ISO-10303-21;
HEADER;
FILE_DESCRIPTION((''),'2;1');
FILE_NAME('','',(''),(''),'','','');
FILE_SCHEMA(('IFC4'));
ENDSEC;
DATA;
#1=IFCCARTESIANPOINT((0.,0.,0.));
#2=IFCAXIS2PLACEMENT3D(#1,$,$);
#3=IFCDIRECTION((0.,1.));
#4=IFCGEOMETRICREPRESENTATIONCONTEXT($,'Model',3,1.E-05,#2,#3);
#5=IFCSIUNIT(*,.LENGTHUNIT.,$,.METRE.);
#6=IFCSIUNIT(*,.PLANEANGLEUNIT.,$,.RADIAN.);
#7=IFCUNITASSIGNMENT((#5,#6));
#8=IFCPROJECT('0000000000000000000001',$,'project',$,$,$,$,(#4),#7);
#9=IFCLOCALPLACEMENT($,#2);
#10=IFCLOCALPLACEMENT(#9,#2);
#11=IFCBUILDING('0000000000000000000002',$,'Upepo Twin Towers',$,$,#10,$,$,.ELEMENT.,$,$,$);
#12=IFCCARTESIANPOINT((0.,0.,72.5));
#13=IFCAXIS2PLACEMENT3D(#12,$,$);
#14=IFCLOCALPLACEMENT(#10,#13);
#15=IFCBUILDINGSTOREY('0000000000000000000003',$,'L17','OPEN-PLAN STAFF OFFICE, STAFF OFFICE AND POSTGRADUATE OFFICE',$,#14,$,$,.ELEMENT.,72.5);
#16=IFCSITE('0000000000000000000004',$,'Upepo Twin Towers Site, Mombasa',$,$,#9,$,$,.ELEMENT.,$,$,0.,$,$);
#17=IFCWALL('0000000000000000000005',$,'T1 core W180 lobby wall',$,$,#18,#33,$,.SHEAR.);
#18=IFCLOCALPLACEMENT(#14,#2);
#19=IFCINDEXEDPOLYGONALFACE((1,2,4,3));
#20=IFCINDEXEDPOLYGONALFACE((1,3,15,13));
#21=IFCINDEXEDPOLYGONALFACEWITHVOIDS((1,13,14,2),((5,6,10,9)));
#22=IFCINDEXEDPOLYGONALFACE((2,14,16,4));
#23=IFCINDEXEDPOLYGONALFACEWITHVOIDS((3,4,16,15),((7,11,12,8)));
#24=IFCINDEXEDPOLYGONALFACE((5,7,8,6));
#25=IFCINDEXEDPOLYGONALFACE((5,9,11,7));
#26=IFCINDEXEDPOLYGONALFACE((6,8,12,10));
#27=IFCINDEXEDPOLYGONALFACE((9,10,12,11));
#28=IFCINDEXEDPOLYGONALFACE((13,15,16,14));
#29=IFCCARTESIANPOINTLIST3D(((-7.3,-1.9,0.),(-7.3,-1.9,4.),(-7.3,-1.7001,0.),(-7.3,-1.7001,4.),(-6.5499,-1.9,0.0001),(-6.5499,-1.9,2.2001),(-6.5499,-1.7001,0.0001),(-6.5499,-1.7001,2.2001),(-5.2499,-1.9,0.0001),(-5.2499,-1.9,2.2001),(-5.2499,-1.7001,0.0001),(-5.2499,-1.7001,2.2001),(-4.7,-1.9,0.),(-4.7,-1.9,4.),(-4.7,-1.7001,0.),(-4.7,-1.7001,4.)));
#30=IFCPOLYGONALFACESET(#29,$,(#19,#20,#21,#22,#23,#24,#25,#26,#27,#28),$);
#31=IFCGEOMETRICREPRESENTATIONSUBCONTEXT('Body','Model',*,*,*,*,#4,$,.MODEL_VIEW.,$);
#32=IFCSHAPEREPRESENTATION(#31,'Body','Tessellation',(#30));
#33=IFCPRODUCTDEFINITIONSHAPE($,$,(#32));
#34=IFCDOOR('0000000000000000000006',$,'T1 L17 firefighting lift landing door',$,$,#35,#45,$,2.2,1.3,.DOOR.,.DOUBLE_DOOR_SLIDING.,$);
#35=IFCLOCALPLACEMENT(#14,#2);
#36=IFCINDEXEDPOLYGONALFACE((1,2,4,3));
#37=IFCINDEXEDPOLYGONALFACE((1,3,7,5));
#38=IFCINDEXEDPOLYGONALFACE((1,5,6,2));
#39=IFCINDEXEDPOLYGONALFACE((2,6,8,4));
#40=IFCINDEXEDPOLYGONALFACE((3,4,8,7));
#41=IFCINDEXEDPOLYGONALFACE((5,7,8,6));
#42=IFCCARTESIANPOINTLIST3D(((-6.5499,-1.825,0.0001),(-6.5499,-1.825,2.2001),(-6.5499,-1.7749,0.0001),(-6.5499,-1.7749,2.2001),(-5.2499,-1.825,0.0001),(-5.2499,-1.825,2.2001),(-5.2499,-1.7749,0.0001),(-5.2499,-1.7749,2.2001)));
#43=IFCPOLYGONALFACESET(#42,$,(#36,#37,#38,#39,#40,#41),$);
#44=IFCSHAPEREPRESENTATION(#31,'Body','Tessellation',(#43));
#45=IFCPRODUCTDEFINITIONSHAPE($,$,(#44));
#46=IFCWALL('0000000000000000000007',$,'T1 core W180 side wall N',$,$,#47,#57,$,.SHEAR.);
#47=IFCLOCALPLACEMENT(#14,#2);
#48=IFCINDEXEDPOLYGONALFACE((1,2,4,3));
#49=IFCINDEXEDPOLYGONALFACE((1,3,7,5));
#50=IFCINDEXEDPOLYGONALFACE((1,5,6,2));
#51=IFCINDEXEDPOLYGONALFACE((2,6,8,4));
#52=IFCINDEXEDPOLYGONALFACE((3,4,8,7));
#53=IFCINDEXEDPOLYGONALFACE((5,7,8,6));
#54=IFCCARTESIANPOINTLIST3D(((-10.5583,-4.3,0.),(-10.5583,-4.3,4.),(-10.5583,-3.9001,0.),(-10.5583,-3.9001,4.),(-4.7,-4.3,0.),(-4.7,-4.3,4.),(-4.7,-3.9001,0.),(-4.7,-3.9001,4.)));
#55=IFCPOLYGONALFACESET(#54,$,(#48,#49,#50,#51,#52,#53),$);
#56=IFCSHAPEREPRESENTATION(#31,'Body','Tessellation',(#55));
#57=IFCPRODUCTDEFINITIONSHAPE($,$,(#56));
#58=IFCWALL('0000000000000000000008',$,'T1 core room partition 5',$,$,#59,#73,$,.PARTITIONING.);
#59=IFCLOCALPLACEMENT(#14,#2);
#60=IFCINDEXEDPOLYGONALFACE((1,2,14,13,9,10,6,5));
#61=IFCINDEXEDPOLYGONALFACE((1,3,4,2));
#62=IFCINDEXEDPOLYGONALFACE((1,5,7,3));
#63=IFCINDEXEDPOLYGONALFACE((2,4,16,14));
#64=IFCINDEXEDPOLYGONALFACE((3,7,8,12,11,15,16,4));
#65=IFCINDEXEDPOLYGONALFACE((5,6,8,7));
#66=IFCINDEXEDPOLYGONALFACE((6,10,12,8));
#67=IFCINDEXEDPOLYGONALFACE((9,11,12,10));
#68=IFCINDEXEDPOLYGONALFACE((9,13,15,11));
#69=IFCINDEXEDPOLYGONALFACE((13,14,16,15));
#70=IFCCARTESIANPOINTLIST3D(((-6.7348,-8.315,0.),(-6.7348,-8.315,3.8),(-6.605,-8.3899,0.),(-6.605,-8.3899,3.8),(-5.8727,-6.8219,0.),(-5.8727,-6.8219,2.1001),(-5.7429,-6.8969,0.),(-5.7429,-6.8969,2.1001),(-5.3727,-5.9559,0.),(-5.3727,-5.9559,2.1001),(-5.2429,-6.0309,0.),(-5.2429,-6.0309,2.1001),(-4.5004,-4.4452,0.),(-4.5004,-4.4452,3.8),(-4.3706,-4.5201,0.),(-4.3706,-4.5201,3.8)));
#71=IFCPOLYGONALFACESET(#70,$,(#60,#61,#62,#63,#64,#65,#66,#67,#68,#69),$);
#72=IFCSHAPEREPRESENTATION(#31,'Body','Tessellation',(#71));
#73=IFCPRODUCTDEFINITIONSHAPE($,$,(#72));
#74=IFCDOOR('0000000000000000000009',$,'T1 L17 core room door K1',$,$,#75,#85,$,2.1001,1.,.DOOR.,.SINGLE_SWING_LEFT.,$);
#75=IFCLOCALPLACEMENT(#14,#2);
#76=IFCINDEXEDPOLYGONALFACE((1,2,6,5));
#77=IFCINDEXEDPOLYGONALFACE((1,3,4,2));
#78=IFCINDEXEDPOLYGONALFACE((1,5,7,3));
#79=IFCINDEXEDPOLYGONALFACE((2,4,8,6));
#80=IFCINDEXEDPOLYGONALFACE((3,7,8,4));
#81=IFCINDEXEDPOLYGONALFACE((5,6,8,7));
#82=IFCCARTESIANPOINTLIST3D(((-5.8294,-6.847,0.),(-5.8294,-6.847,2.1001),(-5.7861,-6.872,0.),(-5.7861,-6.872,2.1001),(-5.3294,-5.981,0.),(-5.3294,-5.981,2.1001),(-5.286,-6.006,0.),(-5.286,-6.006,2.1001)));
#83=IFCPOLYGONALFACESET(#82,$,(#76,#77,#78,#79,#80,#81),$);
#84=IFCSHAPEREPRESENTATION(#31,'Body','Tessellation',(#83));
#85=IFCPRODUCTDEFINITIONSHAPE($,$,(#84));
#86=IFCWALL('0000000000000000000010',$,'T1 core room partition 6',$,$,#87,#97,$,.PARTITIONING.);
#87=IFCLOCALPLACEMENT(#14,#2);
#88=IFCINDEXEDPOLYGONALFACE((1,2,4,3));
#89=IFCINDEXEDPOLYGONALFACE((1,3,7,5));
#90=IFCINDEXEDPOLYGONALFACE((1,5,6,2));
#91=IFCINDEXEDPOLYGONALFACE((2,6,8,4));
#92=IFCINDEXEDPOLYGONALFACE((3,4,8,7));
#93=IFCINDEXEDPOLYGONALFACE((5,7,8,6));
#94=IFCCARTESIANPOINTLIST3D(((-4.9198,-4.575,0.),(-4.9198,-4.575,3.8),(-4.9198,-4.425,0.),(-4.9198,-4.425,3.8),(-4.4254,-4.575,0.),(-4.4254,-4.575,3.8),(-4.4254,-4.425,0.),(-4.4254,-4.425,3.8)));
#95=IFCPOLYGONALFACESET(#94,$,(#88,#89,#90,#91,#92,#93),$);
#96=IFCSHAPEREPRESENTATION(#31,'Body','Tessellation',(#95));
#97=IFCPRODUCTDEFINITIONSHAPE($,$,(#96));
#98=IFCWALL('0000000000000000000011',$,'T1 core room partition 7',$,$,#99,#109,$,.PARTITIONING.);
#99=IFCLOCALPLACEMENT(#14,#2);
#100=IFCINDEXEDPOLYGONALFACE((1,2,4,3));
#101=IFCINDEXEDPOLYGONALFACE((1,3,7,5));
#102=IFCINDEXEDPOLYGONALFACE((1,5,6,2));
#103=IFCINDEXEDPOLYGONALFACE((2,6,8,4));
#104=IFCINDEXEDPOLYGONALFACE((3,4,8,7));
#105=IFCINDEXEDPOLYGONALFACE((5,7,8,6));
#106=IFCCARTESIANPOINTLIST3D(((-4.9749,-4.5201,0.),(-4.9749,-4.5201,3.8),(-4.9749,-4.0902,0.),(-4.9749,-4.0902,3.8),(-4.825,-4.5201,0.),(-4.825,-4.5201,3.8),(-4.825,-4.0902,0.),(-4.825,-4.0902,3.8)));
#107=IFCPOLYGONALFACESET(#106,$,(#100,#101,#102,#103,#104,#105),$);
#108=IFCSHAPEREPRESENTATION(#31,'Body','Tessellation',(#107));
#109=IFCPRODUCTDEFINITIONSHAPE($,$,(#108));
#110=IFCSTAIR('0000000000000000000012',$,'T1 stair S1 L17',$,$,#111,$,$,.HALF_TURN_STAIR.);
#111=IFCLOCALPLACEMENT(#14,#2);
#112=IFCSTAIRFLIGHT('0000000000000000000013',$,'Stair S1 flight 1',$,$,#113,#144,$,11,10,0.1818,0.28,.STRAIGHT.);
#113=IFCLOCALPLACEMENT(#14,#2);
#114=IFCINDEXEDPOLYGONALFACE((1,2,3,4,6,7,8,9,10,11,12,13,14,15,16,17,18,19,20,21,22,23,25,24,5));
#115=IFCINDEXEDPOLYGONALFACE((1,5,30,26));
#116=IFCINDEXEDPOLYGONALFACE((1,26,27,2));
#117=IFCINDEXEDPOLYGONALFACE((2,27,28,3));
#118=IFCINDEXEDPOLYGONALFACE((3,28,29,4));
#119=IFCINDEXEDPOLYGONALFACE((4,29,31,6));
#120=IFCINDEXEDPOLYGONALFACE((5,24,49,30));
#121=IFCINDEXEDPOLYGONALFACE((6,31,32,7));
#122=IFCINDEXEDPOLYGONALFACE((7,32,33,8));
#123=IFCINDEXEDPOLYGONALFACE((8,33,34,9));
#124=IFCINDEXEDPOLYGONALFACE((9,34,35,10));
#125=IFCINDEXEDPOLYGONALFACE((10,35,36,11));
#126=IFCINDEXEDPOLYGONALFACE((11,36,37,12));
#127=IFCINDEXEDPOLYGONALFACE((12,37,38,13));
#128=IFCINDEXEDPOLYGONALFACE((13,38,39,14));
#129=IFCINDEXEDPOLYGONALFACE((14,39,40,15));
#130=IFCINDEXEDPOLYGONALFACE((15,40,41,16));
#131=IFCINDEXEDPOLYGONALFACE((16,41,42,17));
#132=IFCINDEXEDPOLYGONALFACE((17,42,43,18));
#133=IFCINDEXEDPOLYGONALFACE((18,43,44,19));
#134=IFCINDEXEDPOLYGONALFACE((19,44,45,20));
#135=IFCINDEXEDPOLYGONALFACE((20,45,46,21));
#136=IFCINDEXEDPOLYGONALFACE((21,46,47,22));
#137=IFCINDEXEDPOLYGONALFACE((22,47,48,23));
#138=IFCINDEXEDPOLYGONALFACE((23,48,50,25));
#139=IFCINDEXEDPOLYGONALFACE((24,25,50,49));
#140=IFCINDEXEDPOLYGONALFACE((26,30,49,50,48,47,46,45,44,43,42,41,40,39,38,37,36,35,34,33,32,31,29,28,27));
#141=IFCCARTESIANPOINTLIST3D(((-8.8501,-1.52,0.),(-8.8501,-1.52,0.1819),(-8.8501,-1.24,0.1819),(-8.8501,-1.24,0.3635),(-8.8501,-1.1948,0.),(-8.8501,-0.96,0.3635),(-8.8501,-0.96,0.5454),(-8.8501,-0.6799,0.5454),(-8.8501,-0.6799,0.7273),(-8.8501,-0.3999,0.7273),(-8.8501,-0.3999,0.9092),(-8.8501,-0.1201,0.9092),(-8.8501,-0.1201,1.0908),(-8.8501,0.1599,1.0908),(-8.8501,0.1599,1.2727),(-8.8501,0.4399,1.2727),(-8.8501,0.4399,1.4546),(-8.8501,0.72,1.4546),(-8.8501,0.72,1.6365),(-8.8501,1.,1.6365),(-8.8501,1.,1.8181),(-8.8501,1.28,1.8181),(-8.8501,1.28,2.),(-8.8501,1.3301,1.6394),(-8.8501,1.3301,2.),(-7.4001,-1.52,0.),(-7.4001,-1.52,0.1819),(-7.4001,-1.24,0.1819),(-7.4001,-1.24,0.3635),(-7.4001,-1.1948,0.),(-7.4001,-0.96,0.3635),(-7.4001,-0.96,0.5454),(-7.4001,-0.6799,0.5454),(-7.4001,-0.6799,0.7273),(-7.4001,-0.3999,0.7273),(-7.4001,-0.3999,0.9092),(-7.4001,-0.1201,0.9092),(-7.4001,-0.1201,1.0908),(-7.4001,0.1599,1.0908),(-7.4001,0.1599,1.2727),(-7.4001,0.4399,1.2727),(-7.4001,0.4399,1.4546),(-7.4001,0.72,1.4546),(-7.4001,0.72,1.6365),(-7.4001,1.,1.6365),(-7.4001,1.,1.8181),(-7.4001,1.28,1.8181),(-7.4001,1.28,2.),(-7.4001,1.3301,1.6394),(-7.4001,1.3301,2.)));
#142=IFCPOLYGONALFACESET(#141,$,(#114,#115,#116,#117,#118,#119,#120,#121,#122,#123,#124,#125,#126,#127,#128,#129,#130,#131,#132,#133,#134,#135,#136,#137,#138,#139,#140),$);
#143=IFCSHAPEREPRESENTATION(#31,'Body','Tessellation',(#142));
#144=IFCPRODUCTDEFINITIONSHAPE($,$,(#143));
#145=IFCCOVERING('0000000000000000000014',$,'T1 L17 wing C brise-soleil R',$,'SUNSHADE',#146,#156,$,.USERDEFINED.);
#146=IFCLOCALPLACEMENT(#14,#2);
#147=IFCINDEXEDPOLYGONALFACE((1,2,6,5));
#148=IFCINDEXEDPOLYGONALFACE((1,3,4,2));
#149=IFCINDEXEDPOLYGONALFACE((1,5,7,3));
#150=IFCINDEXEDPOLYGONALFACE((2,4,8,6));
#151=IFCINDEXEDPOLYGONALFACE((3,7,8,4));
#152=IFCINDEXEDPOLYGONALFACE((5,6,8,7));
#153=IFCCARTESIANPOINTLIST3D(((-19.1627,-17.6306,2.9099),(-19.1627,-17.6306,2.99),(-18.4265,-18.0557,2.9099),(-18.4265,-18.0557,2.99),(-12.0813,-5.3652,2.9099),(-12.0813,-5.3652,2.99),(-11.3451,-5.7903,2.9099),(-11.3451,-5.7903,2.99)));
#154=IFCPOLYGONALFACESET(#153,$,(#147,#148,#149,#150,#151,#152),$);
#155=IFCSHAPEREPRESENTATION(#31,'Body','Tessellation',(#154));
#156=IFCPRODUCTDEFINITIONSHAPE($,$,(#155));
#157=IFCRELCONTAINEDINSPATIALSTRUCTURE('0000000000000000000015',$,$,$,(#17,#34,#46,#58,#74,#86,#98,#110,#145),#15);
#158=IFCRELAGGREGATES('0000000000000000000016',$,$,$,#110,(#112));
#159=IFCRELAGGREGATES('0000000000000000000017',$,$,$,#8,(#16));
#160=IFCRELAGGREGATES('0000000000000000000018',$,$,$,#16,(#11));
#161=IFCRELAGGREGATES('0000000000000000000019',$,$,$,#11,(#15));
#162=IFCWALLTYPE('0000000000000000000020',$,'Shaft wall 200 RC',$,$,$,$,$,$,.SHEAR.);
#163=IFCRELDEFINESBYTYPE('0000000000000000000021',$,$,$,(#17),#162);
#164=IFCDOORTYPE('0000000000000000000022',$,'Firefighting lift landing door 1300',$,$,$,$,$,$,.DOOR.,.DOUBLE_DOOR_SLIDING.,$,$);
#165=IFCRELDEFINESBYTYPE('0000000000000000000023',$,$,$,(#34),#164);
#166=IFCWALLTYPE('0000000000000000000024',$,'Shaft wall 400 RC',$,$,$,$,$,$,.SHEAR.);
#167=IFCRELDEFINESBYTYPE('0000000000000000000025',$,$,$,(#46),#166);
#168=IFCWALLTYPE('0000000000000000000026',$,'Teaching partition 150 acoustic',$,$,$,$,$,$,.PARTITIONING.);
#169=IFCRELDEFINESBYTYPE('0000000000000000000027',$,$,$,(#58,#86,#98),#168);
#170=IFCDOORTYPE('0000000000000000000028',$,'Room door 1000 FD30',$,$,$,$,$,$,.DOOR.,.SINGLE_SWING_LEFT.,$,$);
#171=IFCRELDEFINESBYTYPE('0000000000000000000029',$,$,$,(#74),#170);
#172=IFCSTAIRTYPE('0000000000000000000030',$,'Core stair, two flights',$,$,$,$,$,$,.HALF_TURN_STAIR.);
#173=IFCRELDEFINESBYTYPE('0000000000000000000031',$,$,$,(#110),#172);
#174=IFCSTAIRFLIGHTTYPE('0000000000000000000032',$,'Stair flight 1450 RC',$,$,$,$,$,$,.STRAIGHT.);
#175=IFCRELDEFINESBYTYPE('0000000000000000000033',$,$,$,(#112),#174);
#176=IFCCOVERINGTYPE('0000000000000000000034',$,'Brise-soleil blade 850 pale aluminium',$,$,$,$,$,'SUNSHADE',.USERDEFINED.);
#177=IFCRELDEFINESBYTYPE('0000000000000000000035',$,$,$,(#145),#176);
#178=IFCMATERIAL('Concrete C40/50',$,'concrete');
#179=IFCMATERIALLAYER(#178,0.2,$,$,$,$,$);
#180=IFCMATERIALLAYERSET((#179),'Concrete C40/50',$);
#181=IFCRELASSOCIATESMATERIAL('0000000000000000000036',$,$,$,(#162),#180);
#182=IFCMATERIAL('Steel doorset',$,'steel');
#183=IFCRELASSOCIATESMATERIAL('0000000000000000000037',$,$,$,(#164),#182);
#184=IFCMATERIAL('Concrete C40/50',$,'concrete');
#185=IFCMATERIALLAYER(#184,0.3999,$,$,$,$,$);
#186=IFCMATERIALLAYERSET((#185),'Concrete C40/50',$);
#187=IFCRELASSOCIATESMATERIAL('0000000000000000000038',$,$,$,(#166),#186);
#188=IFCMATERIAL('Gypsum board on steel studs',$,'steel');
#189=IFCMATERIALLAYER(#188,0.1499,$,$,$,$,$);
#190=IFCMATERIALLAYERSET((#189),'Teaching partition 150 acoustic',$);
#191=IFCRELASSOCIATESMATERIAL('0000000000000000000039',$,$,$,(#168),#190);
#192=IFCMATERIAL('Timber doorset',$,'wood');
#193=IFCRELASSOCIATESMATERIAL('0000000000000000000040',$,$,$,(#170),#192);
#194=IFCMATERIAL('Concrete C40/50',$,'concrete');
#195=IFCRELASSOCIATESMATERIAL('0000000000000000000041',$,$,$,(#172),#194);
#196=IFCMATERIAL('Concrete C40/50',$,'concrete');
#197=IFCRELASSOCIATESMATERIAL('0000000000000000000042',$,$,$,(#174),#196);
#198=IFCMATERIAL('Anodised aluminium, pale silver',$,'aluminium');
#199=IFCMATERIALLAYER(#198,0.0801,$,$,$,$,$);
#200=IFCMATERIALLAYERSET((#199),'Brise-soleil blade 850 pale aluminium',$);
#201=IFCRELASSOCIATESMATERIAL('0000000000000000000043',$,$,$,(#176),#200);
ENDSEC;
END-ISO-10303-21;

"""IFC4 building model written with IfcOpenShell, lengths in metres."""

from ifc_helpers import new_model, si_unit, direction, frame, frame_2d, origin, origin_2d, place, context, subcontext, project, spatial, polyline, rectangle, outline, extrude, material, layer, layer_set, type_object, element, fill, aggregate, save


model = new_model("IFC4")

# Units and contexts
model_context = context("Model", 3, precision=1e-05, world=origin(), true_north=direction((0.0, 1.0)))
body_context = subcontext(model_context, "Body", "Model", "MODEL_VIEW")
ifc_project = project(units=[si_unit("LENGTHUNIT", "METRE"), si_unit("PLANEANGLEUNIT", "RADIAN")], contexts=[model_context])

# Site, building, storey
site_placement = place(None, origin())
site = spatial("IfcSite", under=ifc_project, at=site_placement, Name="Upepo Twin Towers Site, Mombasa", CompositionType="ELEMENT", RefElevation=0.0)
building_placement = place(site_placement, origin())
building = spatial("IfcBuilding", under=site, at=building_placement, Name="Upepo Twin Towers", CompositionType="ELEMENT")
storey_placement = place(building_placement, frame((0.0, 0.0, 72.5)))
storey = spatial("IfcBuildingStorey", under=building, at=storey_placement, Name="L17", Description="OPEN-PLAN STAFF OFFICE, STAFF OFFICE AND POSTGRADUATE OFFICE", CompositionType="ELEMENT", Elevation=72.5)

# Wall, opening, door
ifc_material_1 = material(Name="Concrete C40/50", Category="concrete")
ifc_layer_1 = layer(ifc_material_1, 0.2)
ifc_layer_set_1 = layer_set([ifc_layer_1], Name="Concrete C40/50")
wall_type_1 = type_object("IfcWallType", Name="Shaft wall 200 RC", PredefinedType="SHEAR", material=ifc_layer_set_1)
wall_1_placement = place(storey_placement, frame((-4.7, -1.8, 0.0), z_axis=(0.0, 0.0, 1.0), x_axis=(-1.0, 0.0, 0.0)))
wall_1 = element("IfcWall", 1, at=wall_1_placement, inside=storey, type_object=wall_type_1, Name="T1 core W180 lobby wall", PredefinedType="SHEAR", context=body_context, shape_type="SweptSolid", body=[
    extrude(rectangle(XDim=2.6001, YDim=0.2, at=frame_2d((1.3, 0.0))), origin(), (0.0, 0.0, 1.0), 4.0),
])
opening_1_placement = place(wall_1_placement, frame((0.55, 0.0, 0.0)))
opening_1 = element("IfcOpeningElement", 2, at=opening_1_placement, cuts=wall_1, PredefinedType="OPENING", context=body_context, shape_type="SweptSolid", body=[
    extrude(rectangle(XDim=1.3, YDim=2.2, at=frame_2d((0.6499, 1.1001))), frame((0.0, 0.1099, 0.0), z_axis=(0.0, -1.0, 0.0), x_axis=(1.0, 0.0, 0.0)), (0.0, 0.0, 1.0), 0.22),
])
ifc_material_2 = material(Name="Steel doorset", Category="steel")
door_type_1 = type_object("IfcDoorType", Name="Firefighting lift landing door 1300", OperationType="DOUBLE_DOOR_SLIDING", PredefinedType="DOOR", material=ifc_material_2)
door_1_placement = place(opening_1_placement, origin())
door_1 = element("IfcDoor", 3, at=door_1_placement, inside=storey, type_object=door_type_1, Name="T1 L17 firefighting lift landing door", OperationType="DOUBLE_DOOR_SLIDING", OverallHeight=2.2, OverallWidth=1.3, PredefinedType="DOOR", context=body_context, shape_type="SweptSolid", body=[
    extrude(rectangle(XDim=1.3, YDim=2.2, at=frame_2d((0.6499, 1.1001))), frame((0.0, 0.0249, 0.0), z_axis=(0.0, -1.0, 0.0), x_axis=(1.0, 0.0, 0.0)), (0.0, 0.0, 1.0), 0.05),
])
fill(opening_1, door_1)

# Wall
ifc_material_3 = material(Name="Concrete C40/50", Category="concrete")
ifc_layer_2 = layer(ifc_material_3, 0.3999)
ifc_layer_set_2 = layer_set([ifc_layer_2], Name="Concrete C40/50")
wall_type_2 = type_object("IfcWallType", Name="Shaft wall 400 RC", PredefinedType="SHEAR", material=ifc_layer_set_2)
wall_2_placement = place(storey_placement, frame((-4.7, -4.1001, 0.0), z_axis=(0.0, 0.0, 1.0), x_axis=(-1.0, 0.0, 0.0)))
element("IfcWall", 4, at=wall_2_placement, inside=storey, type_object=wall_type_2, Name="T1 core W180 side wall N", PredefinedType="SHEAR", context=body_context, shape_type="SweptSolid", body=[
    extrude(rectangle(XDim=5.8584, YDim=0.3999, at=frame_2d((2.9292, 0.0))), origin(), (0.0, 0.0, 1.0), 4.0),
])

# Wall, opening, door
ifc_material_4 = material(Name="Gypsum board on steel studs", Category="steel")
ifc_layer_3 = layer(ifc_material_4, 0.1499)
ifc_layer_set_3 = layer_set([ifc_layer_3], Name="Teaching partition 150 acoustic")
wall_type_3 = type_object("IfcWallType", Name="Teaching partition 150 acoustic", PredefinedType="PARTITIONING", material=ifc_layer_set_3)
wall_3_placement = place(storey_placement, frame((-6.6699, -8.3525, 0.0), z_axis=(0.0, 0.0, 1.0), x_axis=(0.500017, 0.866015, 0.0)))
wall_3 = element("IfcWall", 5, at=wall_3_placement, inside=storey, type_object=wall_type_3, Name="T1 core room partition 5", PredefinedType="PARTITIONING", context=body_context, shape_type="SweptSolid", body=[
    extrude(rectangle(XDim=4.4685, YDim=0.1499, at=frame_2d((2.2344, 0.0))), origin(), (0.0, 0.0, 1.0), 3.8),
])
opening_2_placement = place(wall_3_placement, frame((1.7241, 0.0, 0.0)))
opening_2 = element("IfcOpeningElement", 6, at=opening_2_placement, cuts=wall_3, PredefinedType="OPENING", context=body_context, shape_type="SweptSolid", body=[
    extrude(rectangle(XDim=1.0, YDim=2.1001, at=frame_2d((0.5, 1.05))), frame((0.0, 0.085, 0.0), z_axis=(0.0, -1.0, 0.0), x_axis=(1.0, 0.0, 0.0)), (0.0, 0.0, 1.0), 0.1699),
])
ifc_material_5 = material(Name="Timber doorset", Category="wood")
door_type_2 = type_object("IfcDoorType", Name="Room door 1000 FD30", OperationType="SINGLE_SWING_LEFT", PredefinedType="DOOR", material=ifc_material_5)
door_2_placement = place(opening_2_placement, origin())
door_2 = element("IfcDoor", 7, at=door_2_placement, inside=storey, type_object=door_type_2, Name="T1 L17 core room door K1", OperationType="SINGLE_SWING_LEFT", OverallHeight=2.1001, OverallWidth=1.0, PredefinedType="DOOR", context=body_context, shape_type="SweptSolid", body=[
    extrude(rectangle(XDim=1.0, YDim=2.1001, at=frame_2d((0.5, 1.05))), frame((0.0, 0.0249, 0.0), z_axis=(0.0, -1.0, 0.0), x_axis=(1.0, 0.0, 0.0)), (0.0, 0.0, 1.0), 0.05),
])
fill(opening_2, door_2)

# Walls
wall_4_placement = place(storey_placement, frame((-4.4255, -4.5, 0.0), z_axis=(0.0, 0.0, 1.0), x_axis=(-1.0, 0.0, 0.0)))
element("IfcWall", 8, at=wall_4_placement, inside=storey, type_object=wall_type_3, Name="T1 core room partition 6", PredefinedType="PARTITIONING", context=body_context, shape_type="SweptSolid", body=[
    extrude(rectangle(XDim=0.4944, YDim=0.1499, at=frame_2d((0.2471, 0.0))), origin(), (0.0, 0.0, 1.0), 3.8),
])
wall_5_placement = place(storey_placement, frame((-4.8999, -4.52, 0.0), z_axis=(0.0, 0.0, 1.0), x_axis=(0.0, 1.0, 0.0)))
element("IfcWall", 9, at=wall_5_placement, inside=storey, type_object=wall_type_3, Name="T1 core room partition 7", PredefinedType="PARTITIONING", context=body_context, shape_type="SweptSolid", body=[
    extrude(rectangle(XDim=0.4299, YDim=0.1499, at=frame_2d((0.2148, 0.0))), origin(), (0.0, 0.0, 1.0), 3.8),
])

# Stair, stair flight
ifc_material_6 = material(Name="Concrete C40/50", Category="concrete")
stair_type = type_object("IfcStairType", Name="Core stair, two flights", PredefinedType="HALF_TURN_STAIR", material=ifc_material_6)
stair_placement = place(storey_placement, origin())
stair = element("IfcStair", 10, at=stair_placement, inside=storey, type_object=stair_type, Name="T1 stair S1 L17", PredefinedType="HALF_TURN_STAIR")
ifc_material_7 = material(Name="Concrete C40/50", Category="concrete")
stair_flight_type = type_object("IfcStairFlightType", Name="Stair flight 1450 RC", PredefinedType="STRAIGHT", material=ifc_material_7)
stair_flight_placement = place(storey_placement, frame((-8.125, -1.52, 0.0), z_axis=(0.0, 0.0, 1.0), x_axis=(0.0, 1.0, 0.0)))
stair_flight = element("IfcStairFlight", 11, at=stair_flight_placement, type_object=stair_flight_type, Name="Stair S1 flight 1", NumberOfRisers=11, NumberOfTreads=10, PredefinedType="STRAIGHT", RiserHeight=0.1818, TreadLength=0.28, context=body_context, shape_type="SweptSolid", body=[
    extrude(outline(polyline([(0.0, 0.0), (0.0, 0.1819), (0.28, 0.1819), (0.28, 0.3635), (0.5601, 0.3635), (0.5601, 0.5454), (0.8401, 0.5454), (0.8401, 0.7273), (1.1201, 0.7273), (1.1201, 0.9092), (1.3999, 0.9092), (1.3999, 1.0908), (1.6799, 1.0908), (1.6799, 1.2727), (1.96, 1.2727), (1.96, 1.4546), (2.24, 1.4546), (2.24, 1.6365), (2.52, 1.6365), (2.52, 1.8181), (2.8, 1.8181), (2.8, 2.0), (2.8501, 2.0), (2.8501, 1.6394), (0.3252, 0.0), (0.0, 0.0)])), frame((0.0, 0.7251, 0.0), z_axis=(0.0, -1.0, 0.0), x_axis=(1.0, 0.0, 0.0)), (0.0, 0.0, 1.0), 1.45),
])
aggregate(stair, [stair_flight])

# Covering
ifc_material_8 = material(Name="Anodised aluminium, pale silver", Category="aluminium")
ifc_layer_4 = layer(ifc_material_8, 0.0801)
ifc_layer_set_4 = layer_set([ifc_layer_4], Name="Brise-soleil blade 850 pale aluminium")
covering_type = type_object("IfcCoveringType", Name="Brise-soleil blade 850 pale aluminium", ElementType="SUNSHADE", PredefinedType="USERDEFINED", material=ifc_layer_set_4)
covering_placement = place(storey_placement, frame((-15.2539, -11.7104, 2.9099), z_axis=(0.0, 0.0, 1.0), x_axis=(-0.5, -0.866025, 0.0)))
element("IfcCovering", 12, at=covering_placement, inside=storey, type_object=covering_type, Name="T1 L17 wing C brise-soleil R", ObjectType="SUNSHADE", PredefinedType="USERDEFINED", context=body_context, shape_type="SweptSolid", body=[
    extrude(rectangle(XDim=14.1628, YDim=0.8501, at=origin_2d()), origin(), (0.0, 0.0, 1.0), 0.0801),
])

save(model, "model.ifc")
